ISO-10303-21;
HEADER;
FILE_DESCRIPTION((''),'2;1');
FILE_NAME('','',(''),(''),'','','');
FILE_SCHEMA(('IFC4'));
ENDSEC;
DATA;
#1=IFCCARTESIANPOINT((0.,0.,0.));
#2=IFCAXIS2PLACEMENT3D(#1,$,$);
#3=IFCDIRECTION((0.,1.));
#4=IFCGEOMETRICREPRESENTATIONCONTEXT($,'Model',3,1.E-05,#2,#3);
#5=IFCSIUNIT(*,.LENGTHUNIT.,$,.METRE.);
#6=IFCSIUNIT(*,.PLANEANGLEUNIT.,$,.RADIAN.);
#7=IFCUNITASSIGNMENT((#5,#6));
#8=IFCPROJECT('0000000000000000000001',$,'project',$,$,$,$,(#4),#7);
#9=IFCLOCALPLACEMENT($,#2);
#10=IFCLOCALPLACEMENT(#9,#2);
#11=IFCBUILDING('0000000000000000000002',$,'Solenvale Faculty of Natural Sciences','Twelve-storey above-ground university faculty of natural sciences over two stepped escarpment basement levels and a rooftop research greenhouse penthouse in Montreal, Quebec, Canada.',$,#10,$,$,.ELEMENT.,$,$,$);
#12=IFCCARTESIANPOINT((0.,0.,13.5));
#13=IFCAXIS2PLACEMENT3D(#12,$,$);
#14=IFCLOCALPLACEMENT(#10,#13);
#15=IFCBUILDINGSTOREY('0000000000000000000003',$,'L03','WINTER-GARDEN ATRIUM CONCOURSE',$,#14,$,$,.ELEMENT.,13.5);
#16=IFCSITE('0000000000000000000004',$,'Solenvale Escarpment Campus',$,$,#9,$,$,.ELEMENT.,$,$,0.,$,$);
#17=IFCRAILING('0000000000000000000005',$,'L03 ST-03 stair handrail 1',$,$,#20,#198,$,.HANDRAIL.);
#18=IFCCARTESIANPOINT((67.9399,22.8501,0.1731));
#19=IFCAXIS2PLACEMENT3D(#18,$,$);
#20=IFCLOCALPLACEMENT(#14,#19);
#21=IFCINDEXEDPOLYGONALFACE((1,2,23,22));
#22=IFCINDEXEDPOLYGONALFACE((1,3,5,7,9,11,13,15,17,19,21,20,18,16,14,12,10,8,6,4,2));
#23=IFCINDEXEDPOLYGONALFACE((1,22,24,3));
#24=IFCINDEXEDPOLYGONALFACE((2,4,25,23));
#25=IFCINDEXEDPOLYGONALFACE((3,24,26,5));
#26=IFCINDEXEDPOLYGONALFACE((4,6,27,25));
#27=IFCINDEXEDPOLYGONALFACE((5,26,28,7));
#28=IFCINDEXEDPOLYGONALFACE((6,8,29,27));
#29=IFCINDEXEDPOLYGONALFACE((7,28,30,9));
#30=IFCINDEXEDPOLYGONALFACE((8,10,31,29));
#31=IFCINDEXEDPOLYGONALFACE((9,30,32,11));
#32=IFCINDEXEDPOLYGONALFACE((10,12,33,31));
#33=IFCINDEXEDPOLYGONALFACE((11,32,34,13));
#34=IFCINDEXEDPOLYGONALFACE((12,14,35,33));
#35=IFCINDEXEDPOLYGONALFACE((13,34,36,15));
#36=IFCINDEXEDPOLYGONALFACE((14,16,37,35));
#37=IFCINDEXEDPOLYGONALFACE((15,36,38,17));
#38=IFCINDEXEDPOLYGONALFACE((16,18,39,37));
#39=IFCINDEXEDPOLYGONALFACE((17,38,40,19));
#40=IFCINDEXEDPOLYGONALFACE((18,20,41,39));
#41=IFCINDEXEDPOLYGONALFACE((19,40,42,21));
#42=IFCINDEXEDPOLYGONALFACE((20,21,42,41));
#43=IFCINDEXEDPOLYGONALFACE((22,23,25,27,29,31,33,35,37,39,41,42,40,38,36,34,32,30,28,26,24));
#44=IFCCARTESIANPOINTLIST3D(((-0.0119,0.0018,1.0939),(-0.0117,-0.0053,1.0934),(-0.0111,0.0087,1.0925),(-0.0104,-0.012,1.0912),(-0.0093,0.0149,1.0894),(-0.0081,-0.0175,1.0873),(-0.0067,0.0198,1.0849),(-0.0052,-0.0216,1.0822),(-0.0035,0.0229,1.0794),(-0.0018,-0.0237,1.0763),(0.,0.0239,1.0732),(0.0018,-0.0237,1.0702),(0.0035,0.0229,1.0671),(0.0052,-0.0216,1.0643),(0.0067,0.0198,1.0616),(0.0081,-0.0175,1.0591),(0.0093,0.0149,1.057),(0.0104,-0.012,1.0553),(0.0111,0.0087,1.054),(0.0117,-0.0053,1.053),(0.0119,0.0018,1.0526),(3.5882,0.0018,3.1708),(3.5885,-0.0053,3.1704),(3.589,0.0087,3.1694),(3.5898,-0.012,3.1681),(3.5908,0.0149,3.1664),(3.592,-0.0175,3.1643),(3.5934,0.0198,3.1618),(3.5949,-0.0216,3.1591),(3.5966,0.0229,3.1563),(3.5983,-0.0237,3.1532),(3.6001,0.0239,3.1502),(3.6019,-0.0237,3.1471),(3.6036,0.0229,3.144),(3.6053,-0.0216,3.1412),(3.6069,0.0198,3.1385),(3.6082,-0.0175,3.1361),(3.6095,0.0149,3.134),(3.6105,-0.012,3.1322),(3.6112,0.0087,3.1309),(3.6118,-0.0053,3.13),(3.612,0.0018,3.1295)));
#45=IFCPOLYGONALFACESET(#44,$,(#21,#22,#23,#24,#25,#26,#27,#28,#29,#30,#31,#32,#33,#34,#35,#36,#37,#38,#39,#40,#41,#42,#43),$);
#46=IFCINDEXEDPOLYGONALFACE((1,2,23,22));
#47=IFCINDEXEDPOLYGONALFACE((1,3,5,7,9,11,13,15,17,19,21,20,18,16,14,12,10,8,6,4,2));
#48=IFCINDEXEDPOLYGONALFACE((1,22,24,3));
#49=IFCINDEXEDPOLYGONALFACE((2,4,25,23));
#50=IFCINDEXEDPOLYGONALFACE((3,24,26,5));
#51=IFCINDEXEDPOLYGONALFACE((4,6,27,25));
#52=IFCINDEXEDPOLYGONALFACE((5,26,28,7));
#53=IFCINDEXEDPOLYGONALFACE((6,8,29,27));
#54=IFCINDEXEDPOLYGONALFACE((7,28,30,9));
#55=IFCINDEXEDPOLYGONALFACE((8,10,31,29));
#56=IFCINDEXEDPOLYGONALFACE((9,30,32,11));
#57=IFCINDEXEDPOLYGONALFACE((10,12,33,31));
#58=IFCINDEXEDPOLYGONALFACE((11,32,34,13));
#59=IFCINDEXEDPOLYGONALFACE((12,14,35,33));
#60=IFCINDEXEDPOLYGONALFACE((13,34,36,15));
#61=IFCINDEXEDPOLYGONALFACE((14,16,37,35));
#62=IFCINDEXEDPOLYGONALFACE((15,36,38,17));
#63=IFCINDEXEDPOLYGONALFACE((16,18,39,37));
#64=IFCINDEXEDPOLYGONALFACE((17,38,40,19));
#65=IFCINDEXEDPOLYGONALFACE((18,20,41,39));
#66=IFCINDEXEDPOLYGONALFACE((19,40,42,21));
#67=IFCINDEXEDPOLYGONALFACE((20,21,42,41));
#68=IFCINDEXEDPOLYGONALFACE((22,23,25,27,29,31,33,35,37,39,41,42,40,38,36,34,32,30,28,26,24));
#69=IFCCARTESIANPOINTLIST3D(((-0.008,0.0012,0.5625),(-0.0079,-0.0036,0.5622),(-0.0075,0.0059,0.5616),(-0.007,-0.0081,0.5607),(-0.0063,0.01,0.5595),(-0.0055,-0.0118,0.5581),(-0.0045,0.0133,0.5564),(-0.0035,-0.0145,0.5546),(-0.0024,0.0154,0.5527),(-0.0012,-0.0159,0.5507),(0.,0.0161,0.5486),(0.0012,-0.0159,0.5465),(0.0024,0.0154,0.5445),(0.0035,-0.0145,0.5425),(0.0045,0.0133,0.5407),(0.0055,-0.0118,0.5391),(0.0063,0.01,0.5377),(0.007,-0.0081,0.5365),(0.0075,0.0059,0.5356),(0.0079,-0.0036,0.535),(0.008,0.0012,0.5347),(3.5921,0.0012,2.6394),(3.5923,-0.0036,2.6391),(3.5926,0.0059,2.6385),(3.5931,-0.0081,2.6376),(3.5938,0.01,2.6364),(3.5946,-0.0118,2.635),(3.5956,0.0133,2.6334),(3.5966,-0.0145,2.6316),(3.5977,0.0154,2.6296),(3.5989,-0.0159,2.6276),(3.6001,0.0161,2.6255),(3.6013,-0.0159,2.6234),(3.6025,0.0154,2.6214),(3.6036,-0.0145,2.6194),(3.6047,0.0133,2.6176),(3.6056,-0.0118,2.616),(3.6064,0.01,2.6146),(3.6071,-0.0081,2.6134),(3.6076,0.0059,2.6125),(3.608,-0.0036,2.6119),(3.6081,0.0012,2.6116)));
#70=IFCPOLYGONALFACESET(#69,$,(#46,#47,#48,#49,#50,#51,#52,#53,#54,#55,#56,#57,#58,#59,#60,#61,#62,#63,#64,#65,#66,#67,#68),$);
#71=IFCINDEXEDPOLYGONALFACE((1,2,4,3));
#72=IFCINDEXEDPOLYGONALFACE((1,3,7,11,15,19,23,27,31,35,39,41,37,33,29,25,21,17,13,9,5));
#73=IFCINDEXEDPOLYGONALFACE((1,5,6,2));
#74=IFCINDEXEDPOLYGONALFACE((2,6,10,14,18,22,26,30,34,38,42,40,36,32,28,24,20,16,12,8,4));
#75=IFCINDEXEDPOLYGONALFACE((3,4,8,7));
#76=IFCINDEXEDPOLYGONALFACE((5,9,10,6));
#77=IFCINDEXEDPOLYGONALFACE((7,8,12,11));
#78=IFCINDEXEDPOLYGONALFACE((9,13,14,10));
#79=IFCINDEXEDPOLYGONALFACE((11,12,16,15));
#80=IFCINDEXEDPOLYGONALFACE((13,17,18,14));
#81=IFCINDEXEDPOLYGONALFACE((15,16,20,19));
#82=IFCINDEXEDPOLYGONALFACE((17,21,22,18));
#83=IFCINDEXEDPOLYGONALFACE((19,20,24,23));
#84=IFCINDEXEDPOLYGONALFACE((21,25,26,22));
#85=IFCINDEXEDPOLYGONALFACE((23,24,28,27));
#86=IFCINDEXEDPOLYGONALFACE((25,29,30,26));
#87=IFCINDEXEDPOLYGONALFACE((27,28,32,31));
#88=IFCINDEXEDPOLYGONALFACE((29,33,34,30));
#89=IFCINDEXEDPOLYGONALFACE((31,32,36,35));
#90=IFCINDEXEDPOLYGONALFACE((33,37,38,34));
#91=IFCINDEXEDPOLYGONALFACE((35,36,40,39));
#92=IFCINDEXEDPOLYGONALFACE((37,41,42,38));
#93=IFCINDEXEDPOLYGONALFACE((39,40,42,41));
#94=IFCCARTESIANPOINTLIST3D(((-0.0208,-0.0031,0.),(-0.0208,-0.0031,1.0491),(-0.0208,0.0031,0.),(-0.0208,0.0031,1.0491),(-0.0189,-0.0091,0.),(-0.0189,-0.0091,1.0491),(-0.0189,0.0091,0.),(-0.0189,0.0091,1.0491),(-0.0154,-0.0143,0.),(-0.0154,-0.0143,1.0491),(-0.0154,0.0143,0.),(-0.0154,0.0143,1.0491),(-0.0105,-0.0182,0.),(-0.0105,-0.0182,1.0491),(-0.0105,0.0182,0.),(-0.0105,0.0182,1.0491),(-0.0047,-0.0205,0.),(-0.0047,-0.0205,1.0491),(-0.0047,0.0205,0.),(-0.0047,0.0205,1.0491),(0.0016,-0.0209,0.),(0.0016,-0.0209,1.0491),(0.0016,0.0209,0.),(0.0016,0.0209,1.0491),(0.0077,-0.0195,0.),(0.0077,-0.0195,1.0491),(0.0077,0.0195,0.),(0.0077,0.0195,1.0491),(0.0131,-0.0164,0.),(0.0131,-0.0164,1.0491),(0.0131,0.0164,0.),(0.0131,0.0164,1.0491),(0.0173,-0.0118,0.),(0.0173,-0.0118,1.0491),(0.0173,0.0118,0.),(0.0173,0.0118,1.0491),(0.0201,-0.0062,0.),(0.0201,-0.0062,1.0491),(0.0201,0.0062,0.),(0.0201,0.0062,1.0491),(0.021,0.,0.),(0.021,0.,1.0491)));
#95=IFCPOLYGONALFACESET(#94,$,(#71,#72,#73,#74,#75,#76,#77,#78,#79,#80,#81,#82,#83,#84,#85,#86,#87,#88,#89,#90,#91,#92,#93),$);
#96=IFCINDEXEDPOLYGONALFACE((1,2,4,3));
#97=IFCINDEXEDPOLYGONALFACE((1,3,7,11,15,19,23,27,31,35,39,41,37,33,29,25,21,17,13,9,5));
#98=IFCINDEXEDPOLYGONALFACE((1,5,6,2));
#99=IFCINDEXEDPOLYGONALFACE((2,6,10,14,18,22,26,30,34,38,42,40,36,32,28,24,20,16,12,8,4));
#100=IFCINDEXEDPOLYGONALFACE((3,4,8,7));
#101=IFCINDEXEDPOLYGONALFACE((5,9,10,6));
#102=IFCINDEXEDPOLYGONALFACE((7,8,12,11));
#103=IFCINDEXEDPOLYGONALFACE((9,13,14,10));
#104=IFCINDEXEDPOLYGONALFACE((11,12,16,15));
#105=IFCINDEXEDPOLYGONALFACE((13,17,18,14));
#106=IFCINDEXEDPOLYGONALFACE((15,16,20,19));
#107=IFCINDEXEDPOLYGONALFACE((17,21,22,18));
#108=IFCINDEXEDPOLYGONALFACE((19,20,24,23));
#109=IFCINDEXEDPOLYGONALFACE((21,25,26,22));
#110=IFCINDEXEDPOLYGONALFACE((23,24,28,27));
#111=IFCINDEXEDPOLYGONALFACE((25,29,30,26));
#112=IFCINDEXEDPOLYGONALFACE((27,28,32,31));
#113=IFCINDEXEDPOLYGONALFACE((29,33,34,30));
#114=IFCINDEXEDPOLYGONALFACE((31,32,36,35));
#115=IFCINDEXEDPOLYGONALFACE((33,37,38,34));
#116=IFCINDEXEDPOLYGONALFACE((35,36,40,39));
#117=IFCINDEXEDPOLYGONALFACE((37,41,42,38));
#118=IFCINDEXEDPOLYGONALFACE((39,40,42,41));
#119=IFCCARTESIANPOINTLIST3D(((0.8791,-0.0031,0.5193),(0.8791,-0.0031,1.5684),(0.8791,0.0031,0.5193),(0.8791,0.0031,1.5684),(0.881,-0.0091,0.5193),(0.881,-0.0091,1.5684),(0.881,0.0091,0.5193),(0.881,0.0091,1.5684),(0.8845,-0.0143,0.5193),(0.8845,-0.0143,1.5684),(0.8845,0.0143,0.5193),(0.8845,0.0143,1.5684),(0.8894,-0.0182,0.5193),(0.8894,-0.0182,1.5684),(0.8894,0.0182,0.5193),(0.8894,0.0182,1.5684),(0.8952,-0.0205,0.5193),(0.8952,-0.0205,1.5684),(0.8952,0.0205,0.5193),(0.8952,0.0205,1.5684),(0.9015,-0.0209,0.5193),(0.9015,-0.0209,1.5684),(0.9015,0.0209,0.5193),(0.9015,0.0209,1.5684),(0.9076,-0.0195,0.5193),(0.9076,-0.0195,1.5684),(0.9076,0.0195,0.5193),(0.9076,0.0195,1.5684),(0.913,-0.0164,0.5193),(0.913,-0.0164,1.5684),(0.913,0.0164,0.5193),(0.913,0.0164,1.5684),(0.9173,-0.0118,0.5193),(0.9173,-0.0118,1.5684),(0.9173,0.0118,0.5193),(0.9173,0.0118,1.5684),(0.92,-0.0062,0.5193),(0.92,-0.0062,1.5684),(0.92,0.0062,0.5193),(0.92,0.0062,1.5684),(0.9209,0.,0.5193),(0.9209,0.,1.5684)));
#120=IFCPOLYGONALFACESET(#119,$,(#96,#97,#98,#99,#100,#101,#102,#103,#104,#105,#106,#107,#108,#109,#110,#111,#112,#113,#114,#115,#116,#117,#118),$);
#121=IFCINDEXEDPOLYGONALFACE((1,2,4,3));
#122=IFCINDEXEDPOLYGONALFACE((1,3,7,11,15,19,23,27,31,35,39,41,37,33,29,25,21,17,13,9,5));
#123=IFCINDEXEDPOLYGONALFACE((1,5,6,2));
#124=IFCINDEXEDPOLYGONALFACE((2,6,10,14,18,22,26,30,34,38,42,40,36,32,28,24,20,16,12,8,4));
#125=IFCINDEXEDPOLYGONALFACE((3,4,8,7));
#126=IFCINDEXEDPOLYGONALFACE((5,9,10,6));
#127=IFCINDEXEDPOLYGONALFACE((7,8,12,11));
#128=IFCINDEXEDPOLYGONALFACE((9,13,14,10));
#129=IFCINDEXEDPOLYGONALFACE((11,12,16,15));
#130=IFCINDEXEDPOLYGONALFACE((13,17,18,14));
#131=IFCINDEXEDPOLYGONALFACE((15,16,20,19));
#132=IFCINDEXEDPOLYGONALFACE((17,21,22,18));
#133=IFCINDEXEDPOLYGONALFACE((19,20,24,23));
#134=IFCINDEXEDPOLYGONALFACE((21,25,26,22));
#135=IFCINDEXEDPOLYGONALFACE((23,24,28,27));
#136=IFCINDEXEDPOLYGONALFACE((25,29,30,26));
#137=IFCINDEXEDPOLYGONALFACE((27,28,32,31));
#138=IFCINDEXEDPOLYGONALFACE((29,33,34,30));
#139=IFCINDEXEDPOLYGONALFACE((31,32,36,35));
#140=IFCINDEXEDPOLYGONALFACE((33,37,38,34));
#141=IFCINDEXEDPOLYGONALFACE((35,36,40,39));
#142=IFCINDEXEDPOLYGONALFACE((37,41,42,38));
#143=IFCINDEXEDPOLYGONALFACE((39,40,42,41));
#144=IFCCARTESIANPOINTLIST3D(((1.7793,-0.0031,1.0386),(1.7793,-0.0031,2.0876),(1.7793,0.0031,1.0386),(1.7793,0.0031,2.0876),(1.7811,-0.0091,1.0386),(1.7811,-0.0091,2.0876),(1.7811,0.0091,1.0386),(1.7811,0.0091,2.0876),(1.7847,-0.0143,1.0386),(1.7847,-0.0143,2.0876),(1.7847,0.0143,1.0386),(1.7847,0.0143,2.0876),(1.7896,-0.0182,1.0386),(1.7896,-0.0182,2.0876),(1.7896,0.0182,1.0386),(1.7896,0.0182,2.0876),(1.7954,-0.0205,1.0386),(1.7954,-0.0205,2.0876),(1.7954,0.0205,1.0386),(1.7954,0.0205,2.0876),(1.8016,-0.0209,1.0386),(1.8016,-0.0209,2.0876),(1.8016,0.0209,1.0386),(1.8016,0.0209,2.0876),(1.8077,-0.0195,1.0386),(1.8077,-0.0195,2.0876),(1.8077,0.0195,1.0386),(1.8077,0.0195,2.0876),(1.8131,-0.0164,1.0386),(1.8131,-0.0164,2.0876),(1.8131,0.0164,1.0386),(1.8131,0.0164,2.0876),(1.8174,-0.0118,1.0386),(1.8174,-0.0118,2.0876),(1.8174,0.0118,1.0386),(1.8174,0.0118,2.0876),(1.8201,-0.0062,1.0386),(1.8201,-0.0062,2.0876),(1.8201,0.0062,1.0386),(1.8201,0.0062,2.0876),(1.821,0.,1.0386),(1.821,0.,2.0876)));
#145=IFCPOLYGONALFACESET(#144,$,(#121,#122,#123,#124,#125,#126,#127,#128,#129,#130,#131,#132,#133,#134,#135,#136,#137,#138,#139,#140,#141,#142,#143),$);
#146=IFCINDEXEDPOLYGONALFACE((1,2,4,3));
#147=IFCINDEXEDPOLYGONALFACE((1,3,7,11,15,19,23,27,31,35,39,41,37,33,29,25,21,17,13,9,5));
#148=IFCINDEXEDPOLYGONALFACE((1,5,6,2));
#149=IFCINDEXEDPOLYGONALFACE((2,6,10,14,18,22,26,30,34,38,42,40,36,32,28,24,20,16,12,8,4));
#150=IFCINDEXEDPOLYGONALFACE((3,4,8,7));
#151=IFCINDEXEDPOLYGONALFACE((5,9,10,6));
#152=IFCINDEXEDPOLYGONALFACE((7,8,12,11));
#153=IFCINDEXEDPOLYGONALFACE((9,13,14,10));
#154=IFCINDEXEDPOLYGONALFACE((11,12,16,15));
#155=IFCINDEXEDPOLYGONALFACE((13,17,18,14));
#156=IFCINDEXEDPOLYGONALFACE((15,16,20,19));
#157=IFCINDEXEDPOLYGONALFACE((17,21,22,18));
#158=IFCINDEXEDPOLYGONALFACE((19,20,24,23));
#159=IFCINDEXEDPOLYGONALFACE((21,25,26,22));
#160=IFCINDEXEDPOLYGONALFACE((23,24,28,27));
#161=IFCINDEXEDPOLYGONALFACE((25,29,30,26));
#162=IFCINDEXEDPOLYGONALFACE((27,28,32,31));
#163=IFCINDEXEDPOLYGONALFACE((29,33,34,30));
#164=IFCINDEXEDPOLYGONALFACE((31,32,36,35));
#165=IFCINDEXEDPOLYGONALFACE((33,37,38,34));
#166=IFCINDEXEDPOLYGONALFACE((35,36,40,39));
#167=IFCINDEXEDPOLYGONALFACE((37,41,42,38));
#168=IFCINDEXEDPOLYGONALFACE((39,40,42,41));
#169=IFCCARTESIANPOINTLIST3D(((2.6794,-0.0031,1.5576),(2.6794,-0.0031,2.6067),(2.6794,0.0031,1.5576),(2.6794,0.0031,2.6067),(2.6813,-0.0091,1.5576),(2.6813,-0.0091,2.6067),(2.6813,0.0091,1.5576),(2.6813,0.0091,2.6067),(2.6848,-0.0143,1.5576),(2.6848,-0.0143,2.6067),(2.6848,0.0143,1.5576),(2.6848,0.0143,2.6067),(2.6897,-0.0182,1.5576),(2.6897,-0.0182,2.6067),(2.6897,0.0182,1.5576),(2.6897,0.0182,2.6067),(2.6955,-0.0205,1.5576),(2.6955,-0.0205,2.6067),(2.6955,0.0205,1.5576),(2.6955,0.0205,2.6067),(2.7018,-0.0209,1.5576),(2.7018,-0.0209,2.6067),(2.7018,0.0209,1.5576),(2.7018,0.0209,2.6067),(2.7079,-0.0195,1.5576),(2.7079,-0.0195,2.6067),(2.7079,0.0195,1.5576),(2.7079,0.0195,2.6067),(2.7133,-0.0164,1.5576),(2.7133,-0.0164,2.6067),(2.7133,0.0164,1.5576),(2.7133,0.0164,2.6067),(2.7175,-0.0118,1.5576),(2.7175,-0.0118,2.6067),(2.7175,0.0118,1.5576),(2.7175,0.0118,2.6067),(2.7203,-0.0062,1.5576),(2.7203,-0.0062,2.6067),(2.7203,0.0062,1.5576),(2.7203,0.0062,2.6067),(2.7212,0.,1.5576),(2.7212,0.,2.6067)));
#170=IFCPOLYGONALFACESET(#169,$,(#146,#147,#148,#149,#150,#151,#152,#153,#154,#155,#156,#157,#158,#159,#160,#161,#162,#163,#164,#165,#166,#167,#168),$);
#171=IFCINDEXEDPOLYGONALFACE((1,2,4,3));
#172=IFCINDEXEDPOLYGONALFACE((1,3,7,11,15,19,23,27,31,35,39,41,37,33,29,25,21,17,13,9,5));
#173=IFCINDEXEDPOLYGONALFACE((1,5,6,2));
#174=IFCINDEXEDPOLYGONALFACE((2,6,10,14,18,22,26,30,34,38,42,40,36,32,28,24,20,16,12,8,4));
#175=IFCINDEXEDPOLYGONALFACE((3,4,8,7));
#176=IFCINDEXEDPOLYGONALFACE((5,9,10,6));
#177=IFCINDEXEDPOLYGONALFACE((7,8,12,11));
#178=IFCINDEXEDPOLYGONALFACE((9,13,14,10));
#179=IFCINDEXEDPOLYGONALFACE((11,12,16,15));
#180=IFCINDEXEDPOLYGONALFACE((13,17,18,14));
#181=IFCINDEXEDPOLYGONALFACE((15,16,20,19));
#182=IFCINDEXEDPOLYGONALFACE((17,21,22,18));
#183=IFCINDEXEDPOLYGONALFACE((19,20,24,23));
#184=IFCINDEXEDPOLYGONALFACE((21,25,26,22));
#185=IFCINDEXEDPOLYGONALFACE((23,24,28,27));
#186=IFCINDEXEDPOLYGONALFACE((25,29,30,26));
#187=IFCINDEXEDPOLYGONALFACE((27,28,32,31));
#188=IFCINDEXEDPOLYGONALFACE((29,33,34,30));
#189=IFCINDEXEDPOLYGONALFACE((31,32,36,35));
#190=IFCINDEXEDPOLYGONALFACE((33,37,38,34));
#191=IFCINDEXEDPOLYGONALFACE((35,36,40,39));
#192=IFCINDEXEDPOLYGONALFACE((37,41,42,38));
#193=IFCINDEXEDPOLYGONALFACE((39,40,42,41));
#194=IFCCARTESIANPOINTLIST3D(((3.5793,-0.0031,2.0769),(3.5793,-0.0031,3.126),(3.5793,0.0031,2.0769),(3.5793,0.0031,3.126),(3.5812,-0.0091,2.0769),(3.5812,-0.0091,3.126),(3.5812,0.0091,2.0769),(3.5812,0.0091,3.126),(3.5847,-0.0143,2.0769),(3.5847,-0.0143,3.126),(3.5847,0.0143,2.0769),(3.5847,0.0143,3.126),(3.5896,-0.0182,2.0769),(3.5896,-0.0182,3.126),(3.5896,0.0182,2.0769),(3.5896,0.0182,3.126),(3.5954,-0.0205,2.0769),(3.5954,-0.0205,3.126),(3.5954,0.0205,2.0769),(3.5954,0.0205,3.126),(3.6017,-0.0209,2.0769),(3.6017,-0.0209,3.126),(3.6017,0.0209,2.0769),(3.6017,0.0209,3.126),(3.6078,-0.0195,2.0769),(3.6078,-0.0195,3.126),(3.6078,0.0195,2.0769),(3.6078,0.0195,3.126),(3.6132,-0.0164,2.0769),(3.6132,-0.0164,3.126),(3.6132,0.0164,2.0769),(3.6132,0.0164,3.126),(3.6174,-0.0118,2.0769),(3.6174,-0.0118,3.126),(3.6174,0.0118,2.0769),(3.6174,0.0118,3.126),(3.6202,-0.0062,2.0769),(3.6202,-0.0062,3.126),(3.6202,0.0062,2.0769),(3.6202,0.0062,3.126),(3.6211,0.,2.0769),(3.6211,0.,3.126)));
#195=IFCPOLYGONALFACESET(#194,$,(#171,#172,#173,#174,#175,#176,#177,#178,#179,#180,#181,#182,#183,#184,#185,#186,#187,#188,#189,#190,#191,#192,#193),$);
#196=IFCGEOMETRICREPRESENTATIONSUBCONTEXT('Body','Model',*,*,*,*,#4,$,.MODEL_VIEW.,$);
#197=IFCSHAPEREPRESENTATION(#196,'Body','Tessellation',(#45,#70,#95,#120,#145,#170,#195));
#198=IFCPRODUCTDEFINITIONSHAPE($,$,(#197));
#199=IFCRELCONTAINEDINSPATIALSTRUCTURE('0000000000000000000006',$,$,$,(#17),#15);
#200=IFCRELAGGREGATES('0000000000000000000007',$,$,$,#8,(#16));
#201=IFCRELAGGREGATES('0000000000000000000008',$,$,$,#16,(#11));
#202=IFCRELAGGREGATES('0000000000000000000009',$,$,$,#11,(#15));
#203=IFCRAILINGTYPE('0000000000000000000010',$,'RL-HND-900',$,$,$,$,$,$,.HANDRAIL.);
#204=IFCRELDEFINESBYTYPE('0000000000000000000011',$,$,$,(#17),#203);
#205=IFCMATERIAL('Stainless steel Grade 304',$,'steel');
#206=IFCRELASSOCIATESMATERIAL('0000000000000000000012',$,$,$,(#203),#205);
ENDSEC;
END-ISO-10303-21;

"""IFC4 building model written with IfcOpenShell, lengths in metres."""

from ifc_helpers import new_model, si_unit, direction, frame, origin, origin_2d, place, context, subcontext, project, spatial, circle, extrude, material, type_object, element, save


model = new_model("IFC4")

# Units and contexts
model_context = context("Model", 3, precision=1e-05, world=origin(), true_north=direction((0.0, 1.0)))
body_context = subcontext(model_context, "Body", "Model", "MODEL_VIEW")
ifc_project = project(units=[si_unit("LENGTHUNIT", "METRE"), si_unit("PLANEANGLEUNIT", "RADIAN")], contexts=[model_context])

# Site, building, storey
site_placement = place(None, origin())
site = spatial("IfcSite", under=ifc_project, at=site_placement, Name="Solenvale Escarpment Campus", CompositionType="ELEMENT", RefElevation=0.0)
building_placement = place(site_placement, origin())
building = spatial("IfcBuilding", under=site, at=building_placement, Name="Solenvale Faculty of Natural Sciences", Description="Twelve-storey above-ground university faculty of natural sciences over two stepped escarpment basement levels and a rooftop research greenhouse penthouse in Montreal, Quebec, Canada.", CompositionType="ELEMENT")
storey_placement = place(building_placement, frame((0.0, 0.0, 13.5)))
storey = spatial("IfcBuildingStorey", under=building, at=storey_placement, Name="L03", Description="WINTER-GARDEN ATRIUM CONCOURSE", CompositionType="ELEMENT", Elevation=13.5)

# Railing
ifc_material_1 = material(Name="Stainless steel Grade 304", Category="steel")
railing_type_1 = type_object("IfcRailingType", Name="RL-HND-900", PredefinedType="HANDRAIL", material=ifc_material_1)
railing_1_placement = place(storey_placement, frame((67.9399, 22.8501, 0.1731)))
element("IfcRailing", 1, at=railing_1_placement, inside=storey, type_object=railing_type_1, Name="L03 ST-03 stair handrail 1", PredefinedType="HANDRAIL", context=body_context, shape_type="SweptSolid", body=[
    extrude(circle(Radius=0.0239, at=origin_2d()), frame((0.0, 0.0, 1.0732), z_axis=(0.866193, 0.0, 0.499709), x_axis=(0.0, 1.0, 0.0)), (0.0, 0.0, 1.0), 4.1562),
    extrude(circle(Radius=0.0161, at=origin_2d()), frame((0.0, 0.0, 0.5486), z_axis=(0.866193, 0.0, 0.499709), x_axis=(0.0, 1.0, 0.0)), (0.0, 0.0, 1.0), 4.1562),
    extrude(circle(Radius=0.021, at=origin_2d()), origin(), (0.0, 0.0, 1.0), 1.0491),
    extrude(circle(Radius=0.021, at=origin_2d()), frame((0.8999, 0.0, 0.5193)), (0.0, 0.0, 1.0), 1.0491),
    extrude(circle(Radius=0.021, at=origin_2d()), frame((1.8, 0.0, 1.0386)), (0.0, 0.0, 1.0), 1.0491),
    extrude(circle(Radius=0.021, at=origin_2d()), frame((2.7002, 0.0, 1.5576)), (0.0, 0.0, 1.0), 1.0491),
    extrude(circle(Radius=0.021, at=origin_2d()), frame((3.6001, 0.0, 2.0769)), (0.0, 0.0, 1.0), 1.0491),
])

save(model, "model.ifc")
